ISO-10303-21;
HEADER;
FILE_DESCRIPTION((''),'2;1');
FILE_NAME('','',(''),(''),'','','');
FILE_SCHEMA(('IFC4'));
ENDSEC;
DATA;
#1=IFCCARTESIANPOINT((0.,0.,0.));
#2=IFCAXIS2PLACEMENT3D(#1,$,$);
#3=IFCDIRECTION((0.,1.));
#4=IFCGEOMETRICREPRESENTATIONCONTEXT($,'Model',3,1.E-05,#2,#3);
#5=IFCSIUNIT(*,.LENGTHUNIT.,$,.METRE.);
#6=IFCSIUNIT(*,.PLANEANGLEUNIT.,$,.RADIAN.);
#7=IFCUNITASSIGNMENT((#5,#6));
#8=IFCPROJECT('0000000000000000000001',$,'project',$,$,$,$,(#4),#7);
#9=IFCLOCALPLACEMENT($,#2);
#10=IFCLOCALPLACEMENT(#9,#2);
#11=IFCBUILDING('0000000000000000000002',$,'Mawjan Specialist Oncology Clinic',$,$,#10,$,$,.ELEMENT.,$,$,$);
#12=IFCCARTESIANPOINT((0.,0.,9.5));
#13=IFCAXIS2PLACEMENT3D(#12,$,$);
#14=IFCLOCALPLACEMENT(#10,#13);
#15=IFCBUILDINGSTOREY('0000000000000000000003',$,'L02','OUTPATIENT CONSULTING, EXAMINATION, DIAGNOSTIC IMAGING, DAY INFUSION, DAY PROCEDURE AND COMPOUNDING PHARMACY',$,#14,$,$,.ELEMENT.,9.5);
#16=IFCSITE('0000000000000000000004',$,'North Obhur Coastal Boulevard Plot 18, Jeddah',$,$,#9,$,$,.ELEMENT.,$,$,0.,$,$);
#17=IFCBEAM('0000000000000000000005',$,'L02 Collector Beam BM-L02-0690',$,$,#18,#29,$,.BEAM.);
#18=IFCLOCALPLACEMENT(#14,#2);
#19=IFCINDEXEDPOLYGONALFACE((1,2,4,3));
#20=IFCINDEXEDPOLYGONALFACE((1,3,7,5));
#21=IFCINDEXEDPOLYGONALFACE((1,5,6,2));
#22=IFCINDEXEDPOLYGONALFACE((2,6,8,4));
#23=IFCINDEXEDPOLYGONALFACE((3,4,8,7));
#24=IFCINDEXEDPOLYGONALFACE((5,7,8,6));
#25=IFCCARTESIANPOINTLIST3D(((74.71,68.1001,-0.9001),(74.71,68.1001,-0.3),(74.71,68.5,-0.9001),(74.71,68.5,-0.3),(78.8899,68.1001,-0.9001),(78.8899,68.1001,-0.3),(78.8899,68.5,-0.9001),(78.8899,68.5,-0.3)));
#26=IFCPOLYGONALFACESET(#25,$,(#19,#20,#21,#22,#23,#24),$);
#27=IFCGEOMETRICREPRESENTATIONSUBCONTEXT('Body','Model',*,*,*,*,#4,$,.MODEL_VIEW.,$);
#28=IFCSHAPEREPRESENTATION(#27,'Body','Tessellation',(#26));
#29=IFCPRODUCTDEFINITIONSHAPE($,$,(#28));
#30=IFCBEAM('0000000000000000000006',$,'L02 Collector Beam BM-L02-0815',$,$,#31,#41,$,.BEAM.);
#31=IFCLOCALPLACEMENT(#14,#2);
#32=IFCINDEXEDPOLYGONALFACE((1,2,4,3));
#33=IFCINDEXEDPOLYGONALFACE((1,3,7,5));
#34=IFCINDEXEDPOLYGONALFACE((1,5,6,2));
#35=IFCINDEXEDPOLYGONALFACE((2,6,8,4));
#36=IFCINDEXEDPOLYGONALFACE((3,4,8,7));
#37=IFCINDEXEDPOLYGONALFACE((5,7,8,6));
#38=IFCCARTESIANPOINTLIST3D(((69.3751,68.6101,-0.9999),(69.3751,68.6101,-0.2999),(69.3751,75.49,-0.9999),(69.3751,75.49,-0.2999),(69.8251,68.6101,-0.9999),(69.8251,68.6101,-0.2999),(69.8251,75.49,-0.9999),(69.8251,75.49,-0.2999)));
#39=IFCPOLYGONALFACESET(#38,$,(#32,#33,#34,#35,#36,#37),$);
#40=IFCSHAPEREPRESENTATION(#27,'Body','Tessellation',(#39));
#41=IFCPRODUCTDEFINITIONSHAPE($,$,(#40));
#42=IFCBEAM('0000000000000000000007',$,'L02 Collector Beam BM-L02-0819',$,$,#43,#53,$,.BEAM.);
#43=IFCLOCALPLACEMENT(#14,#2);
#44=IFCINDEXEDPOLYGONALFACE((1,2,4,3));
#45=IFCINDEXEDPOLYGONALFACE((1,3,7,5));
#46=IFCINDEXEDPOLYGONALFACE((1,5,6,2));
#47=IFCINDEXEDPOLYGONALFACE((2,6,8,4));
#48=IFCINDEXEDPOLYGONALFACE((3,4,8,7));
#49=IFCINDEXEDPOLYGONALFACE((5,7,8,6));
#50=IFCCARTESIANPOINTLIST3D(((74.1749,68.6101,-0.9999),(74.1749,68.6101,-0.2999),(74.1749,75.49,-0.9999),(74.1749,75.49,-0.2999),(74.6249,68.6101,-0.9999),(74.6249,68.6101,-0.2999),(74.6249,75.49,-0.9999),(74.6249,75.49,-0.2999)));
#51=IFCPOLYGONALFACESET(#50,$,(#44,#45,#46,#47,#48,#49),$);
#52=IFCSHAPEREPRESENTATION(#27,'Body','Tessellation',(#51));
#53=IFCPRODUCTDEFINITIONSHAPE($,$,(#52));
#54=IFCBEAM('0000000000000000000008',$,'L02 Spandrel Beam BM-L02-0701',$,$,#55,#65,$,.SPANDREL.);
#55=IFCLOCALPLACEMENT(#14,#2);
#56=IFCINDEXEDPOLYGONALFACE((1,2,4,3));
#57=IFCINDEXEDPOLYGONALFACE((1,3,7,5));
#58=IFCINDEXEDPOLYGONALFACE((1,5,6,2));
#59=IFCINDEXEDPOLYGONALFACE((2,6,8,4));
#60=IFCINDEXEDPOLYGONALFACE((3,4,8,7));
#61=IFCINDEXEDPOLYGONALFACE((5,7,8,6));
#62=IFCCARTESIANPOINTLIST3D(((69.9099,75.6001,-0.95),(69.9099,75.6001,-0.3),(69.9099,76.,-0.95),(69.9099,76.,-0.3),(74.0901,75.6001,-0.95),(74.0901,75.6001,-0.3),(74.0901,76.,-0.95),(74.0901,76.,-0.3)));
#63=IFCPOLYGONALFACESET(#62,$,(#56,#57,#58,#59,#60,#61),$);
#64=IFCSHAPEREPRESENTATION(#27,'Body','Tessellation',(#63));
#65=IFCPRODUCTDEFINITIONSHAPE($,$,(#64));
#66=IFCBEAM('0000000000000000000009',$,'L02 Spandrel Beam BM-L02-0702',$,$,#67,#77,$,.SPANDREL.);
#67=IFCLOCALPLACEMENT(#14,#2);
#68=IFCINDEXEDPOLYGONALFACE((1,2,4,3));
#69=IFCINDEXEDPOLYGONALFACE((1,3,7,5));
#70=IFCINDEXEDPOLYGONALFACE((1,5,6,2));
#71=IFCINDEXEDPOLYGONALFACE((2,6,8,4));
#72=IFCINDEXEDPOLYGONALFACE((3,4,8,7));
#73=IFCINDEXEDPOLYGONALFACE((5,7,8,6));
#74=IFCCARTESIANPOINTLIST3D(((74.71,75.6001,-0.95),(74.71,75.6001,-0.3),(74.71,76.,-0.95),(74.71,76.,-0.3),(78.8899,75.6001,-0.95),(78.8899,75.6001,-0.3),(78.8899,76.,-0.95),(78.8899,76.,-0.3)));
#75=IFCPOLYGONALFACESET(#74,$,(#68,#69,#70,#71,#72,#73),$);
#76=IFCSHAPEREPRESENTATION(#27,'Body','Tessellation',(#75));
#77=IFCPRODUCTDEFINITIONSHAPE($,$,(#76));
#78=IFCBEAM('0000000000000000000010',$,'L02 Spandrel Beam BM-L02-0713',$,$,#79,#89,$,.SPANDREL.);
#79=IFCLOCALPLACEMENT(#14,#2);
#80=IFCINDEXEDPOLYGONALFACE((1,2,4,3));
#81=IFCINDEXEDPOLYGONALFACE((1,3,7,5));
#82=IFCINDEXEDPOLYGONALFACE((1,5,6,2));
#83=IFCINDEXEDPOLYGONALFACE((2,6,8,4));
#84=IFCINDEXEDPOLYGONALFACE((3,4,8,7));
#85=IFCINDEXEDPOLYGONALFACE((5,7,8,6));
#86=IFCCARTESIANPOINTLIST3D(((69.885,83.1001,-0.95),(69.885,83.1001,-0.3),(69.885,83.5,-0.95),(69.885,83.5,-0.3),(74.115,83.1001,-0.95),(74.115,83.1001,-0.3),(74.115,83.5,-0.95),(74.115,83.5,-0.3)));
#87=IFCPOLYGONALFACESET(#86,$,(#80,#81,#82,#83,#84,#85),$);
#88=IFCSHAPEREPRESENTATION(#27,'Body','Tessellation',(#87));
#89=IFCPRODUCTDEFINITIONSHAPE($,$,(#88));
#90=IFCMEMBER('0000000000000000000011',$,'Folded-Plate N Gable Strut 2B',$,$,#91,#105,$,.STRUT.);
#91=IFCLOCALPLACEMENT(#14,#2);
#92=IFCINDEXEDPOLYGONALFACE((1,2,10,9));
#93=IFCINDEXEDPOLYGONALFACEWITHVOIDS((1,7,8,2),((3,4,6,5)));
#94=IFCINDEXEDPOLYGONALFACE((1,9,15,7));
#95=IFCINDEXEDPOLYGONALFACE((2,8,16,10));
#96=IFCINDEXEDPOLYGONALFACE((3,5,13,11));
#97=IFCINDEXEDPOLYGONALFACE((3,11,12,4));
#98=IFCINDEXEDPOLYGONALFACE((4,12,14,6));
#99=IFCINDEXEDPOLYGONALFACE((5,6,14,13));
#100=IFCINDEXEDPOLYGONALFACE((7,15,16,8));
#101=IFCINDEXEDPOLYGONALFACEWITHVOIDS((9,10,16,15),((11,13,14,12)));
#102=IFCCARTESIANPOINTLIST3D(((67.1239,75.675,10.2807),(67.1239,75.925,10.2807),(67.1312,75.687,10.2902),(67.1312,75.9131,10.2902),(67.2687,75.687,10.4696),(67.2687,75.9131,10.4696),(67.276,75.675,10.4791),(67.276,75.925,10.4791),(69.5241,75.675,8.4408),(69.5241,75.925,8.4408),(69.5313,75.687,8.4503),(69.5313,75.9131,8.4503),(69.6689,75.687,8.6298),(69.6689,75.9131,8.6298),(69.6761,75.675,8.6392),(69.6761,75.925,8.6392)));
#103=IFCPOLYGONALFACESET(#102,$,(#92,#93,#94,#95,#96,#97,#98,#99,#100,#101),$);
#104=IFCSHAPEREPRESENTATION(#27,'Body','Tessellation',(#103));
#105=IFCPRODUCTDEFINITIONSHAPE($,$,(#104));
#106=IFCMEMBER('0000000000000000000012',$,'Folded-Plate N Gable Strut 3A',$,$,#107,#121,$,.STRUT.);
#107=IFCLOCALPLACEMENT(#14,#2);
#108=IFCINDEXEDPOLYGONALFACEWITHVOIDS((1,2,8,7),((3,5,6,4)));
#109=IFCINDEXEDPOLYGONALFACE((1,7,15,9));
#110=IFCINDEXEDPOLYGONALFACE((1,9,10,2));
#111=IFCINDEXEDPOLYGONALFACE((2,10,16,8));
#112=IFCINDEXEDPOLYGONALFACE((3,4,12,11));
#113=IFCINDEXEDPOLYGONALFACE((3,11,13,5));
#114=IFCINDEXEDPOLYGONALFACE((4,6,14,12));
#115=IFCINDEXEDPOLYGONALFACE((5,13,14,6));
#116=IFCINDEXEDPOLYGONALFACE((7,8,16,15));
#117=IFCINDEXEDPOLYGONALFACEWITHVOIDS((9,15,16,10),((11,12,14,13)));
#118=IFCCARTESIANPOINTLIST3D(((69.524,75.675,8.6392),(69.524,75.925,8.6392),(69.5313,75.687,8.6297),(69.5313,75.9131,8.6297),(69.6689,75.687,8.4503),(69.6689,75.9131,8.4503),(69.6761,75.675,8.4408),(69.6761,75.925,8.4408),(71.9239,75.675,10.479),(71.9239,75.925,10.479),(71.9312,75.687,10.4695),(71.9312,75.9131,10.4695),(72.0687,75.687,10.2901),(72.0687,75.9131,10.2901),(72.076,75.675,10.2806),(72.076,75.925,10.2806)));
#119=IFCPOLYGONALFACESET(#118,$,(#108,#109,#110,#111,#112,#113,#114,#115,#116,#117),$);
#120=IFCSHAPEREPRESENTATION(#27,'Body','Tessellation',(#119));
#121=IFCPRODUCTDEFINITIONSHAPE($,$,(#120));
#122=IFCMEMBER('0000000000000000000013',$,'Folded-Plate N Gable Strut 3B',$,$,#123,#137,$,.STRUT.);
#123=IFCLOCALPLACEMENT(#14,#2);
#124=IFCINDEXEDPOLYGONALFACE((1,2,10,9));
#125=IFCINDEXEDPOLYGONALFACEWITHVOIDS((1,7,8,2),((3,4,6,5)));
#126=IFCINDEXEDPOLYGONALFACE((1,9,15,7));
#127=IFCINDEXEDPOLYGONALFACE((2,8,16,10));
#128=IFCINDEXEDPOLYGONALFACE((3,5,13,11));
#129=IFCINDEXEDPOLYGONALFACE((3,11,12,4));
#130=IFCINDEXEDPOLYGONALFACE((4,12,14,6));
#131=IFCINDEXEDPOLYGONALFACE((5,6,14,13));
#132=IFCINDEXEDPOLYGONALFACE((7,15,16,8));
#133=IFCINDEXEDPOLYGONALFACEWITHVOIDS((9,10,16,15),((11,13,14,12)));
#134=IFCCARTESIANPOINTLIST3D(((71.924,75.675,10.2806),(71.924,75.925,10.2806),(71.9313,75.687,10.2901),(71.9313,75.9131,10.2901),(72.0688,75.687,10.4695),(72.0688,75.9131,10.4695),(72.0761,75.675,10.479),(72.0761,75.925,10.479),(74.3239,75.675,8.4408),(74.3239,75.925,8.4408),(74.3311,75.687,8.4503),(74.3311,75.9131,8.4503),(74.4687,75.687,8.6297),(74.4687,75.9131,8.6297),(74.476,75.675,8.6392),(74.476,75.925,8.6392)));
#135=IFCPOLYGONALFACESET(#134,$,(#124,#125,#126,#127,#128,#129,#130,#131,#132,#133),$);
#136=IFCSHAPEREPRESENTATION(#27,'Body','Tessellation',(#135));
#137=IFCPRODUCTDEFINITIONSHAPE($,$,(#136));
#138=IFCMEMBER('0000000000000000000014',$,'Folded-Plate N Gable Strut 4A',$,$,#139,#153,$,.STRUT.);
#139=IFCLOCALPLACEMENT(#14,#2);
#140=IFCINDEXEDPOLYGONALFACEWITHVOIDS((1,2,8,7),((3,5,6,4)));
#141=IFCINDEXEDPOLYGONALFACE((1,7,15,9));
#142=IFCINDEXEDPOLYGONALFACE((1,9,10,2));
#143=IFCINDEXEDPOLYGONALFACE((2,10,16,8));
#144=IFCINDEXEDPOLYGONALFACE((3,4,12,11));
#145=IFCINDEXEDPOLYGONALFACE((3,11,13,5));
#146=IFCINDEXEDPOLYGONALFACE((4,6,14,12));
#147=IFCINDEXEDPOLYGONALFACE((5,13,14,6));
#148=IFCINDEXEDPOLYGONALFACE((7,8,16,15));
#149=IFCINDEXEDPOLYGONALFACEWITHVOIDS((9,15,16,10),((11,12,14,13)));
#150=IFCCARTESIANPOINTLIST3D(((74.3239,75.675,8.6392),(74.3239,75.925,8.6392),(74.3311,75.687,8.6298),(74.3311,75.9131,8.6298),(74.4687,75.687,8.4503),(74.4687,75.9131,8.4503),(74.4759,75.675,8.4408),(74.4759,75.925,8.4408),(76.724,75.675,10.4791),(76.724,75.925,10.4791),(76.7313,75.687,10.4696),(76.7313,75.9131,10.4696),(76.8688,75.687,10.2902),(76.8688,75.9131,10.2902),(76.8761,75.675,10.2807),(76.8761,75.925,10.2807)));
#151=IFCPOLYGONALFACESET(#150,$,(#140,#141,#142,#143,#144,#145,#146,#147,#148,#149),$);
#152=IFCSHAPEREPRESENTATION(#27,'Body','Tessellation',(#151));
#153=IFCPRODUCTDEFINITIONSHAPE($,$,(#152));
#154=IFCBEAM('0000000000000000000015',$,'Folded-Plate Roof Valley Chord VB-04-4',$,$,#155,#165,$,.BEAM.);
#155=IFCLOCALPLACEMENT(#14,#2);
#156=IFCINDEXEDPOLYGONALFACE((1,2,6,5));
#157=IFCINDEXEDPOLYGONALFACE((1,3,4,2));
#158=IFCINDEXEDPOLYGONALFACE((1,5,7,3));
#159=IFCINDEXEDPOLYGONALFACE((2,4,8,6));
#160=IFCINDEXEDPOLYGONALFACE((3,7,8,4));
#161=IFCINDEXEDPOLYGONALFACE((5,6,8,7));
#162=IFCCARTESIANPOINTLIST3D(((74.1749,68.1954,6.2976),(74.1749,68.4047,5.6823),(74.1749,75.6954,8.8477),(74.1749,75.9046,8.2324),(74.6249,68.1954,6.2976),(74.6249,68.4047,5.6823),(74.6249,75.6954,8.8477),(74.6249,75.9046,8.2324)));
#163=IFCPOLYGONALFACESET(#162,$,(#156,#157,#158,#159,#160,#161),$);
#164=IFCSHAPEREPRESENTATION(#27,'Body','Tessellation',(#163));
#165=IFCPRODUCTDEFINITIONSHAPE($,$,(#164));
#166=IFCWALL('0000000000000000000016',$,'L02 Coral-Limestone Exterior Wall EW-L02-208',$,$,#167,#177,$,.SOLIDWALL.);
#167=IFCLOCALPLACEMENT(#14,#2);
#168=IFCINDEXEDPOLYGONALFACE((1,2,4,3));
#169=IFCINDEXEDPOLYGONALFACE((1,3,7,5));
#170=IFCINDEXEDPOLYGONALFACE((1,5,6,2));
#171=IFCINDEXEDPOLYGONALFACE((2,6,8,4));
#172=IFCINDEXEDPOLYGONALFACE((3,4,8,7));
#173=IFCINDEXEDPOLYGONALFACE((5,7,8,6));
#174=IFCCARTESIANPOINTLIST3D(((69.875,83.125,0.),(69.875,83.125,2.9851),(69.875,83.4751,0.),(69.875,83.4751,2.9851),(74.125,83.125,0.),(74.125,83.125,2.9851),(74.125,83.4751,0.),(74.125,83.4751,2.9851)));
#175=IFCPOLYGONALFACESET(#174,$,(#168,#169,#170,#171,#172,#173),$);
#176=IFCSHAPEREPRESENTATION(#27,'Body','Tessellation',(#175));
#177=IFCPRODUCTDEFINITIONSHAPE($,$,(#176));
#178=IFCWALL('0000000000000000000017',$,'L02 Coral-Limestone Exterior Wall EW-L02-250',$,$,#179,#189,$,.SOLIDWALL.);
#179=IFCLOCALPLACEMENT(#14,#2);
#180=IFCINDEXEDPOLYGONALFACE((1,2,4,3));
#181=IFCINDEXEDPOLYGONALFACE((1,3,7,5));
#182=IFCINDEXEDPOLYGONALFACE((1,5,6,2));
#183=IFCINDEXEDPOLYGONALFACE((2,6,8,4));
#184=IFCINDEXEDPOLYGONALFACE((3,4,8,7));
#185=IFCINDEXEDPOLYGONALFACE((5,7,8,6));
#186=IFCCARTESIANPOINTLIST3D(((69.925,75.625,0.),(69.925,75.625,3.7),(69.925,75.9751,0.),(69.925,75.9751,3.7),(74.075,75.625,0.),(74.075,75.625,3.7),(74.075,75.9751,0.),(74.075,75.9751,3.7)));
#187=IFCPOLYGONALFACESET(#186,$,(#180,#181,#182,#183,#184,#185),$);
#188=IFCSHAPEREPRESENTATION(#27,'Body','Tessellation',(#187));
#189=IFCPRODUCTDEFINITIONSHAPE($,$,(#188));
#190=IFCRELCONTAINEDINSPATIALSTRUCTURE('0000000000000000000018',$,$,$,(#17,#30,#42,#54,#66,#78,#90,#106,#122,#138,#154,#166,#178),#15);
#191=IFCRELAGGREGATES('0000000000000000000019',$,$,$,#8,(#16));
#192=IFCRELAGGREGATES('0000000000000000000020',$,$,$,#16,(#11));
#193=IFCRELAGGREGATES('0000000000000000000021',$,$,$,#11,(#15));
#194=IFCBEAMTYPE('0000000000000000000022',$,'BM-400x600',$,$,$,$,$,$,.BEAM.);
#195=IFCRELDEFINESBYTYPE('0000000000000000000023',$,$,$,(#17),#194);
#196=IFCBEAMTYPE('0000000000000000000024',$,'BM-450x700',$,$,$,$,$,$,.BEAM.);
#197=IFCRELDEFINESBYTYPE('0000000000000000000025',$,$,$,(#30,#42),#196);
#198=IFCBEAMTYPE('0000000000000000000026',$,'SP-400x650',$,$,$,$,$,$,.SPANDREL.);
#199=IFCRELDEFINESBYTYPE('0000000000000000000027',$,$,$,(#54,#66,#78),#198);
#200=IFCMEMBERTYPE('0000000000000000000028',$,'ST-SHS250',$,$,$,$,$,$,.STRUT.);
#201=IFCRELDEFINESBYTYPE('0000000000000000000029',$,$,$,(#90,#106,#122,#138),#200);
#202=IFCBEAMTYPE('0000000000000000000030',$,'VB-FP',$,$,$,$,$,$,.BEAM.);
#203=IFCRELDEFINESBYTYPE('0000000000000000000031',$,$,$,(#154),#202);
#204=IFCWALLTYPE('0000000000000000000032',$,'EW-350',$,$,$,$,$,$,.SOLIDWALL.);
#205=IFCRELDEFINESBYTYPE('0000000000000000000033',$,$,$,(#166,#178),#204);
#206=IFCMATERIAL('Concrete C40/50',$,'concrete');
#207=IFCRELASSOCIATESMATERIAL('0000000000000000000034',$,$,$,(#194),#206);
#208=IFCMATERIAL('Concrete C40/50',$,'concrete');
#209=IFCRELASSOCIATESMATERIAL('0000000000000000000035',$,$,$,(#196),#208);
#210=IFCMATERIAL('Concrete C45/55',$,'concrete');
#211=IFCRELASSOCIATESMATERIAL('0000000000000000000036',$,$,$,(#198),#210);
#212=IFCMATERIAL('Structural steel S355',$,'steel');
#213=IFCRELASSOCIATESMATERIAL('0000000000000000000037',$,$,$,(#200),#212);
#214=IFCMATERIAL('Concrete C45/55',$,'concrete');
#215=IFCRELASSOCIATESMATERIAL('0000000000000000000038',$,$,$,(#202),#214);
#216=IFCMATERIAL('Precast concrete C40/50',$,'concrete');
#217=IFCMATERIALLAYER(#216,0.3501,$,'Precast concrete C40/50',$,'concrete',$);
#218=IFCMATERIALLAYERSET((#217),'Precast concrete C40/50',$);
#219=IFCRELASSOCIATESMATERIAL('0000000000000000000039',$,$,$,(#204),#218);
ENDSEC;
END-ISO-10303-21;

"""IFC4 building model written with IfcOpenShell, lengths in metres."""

from ifc_helpers import new_model, si_unit, direction, frame, frame_2d, origin, origin_2d, place, context, subcontext, project, spatial, rectangle, hollow_rectangle, extrude, material, layer, layer_set, material_profile, profile_set, type_object, element, save


model = new_model("IFC4")

# Units and contexts
model_context = context("Model", 3, precision=1e-05, world=origin(), true_north=direction((0.0, 1.0)))
body_context = subcontext(model_context, "Body", "Model", "MODEL_VIEW")
ifc_project = project(units=[si_unit("LENGTHUNIT", "METRE"), si_unit("PLANEANGLEUNIT", "RADIAN")], contexts=[model_context])

# Site, building, storey
site_placement = place(None, origin())
site = spatial("IfcSite", under=ifc_project, at=site_placement, Name="North Obhur Coastal Boulevard Plot 18, Jeddah", CompositionType="ELEMENT", RefElevation=0.0)
building_placement = place(site_placement, origin())
building = spatial("IfcBuilding", under=site, at=building_placement, Name="Mawjan Specialist Oncology Clinic", CompositionType="ELEMENT")
storey_placement = place(building_placement, frame((0.0, 0.0, 9.5)))
storey = spatial("IfcBuildingStorey", under=building, at=storey_placement, Name="L02", Description="OUTPATIENT CONSULTING, EXAMINATION, DIAGNOSTIC IMAGING, DAY INFUSION, DAY PROCEDURE AND COMPOUNDING PHARMACY", CompositionType="ELEMENT", Elevation=9.5)

# Beams
ifc_material_1 = material(Name="Concrete C40/50", Category="concrete")
ifc_material_profile_1 = material_profile(ifc_material_1, rectangle(XDim=0.3999, YDim=0.6001, at=origin_2d()), Name="RC BM 400x600", Category="concrete")
ifc_profile_set_1 = profile_set([ifc_material_profile_1], Name="Concrete C40/50")
beam_type_1 = type_object("IfcBeamType", Name="BM-400x600", PredefinedType="BEAM", material=ifc_profile_set_1)
beam_1_placement = place(storey_placement, frame((74.71, 68.3, -0.6001), z_axis=(1.0, 0.0, 0.0), x_axis=(0.0, 1.0, 0.0)))
element("IfcBeam", 1, at=beam_1_placement, inside=storey, type_object=beam_type_1, Name="L02 Collector Beam BM-L02-0690", PredefinedType="BEAM", context=body_context, shape_type="SweptSolid", body=[
    extrude(rectangle(XDim=0.3999, YDim=0.6001, at=origin_2d()), origin(), (0.0, 0.0, 1.0), 4.1799),
])
ifc_material_2 = material(Name="Concrete C40/50", Category="concrete")
ifc_material_profile_2 = material_profile(ifc_material_2, rectangle(XDim=0.45, YDim=0.7, at=origin_2d()), Name="RC BM 450x700", Category="concrete")
ifc_profile_set_2 = profile_set([ifc_material_profile_2], Name="Concrete C40/50")
beam_type_2 = type_object("IfcBeamType", Name="BM-450x700", PredefinedType="BEAM", material=ifc_profile_set_2)
for number, where, z_axis, x_axis, name in (
    (2, (69.6001, 68.6101, -0.6499), (0.0, 1.0, 0.0), (-1.0, 0.0, 0.0), "L02 Collector Beam BM-L02-0815"),
    (3, (74.3999, 68.6101, -0.6499), (0.0, 1.0, 0.0), (-1.0, 0.0, 0.0), "L02 Collector Beam BM-L02-0819"),
):
    element("IfcBeam", number, at=place(storey_placement, frame(where, z_axis=z_axis, x_axis=x_axis)), inside=storey, type_object=beam_type_2, Name=name, PredefinedType="BEAM", context=body_context, shape_type="SweptSolid", body=[
        extrude(rectangle(XDim=0.45, YDim=0.7, at=origin_2d()), origin(), (0.0, 0.0, 1.0), 6.8799),
    ])
ifc_material_3 = material(Name="Concrete C45/55", Category="concrete")
ifc_material_profile_3 = material_profile(ifc_material_3, rectangle(XDim=0.3999, YDim=0.6499, at=origin_2d()), Name="RC BM 400x650", Category="concrete")
ifc_profile_set_3 = profile_set([ifc_material_profile_3], Name="Concrete C45/55")
beam_type_3 = type_object("IfcBeamType", Name="SP-400x650", PredefinedType="SPANDREL", material=ifc_profile_set_3)
beam_2_placement = place(storey_placement, frame((69.9099, 75.8, -0.625), z_axis=(1.0, 0.0, 0.0), x_axis=(0.0, 1.0, 0.0)))
element("IfcBeam", 4, at=beam_2_placement, inside=storey, type_object=beam_type_3, Name="L02 Spandrel Beam BM-L02-0701", PredefinedType="SPANDREL", context=body_context, shape_type="SweptSolid", body=[
    extrude(rectangle(XDim=0.3999, YDim=0.6499, at=origin_2d()), origin(), (0.0, 0.0, 1.0), 4.1802),
])
beam_3_placement = place(storey_placement, frame((74.71, 75.8, -0.625), z_axis=(1.0, 0.0, 0.0), x_axis=(0.0, 1.0, 0.0)))
element("IfcBeam", 5, at=beam_3_placement, inside=storey, type_object=beam_type_3, Name="L02 Spandrel Beam BM-L02-0702", PredefinedType="SPANDREL", context=body_context, shape_type="SweptSolid", body=[
    extrude(rectangle(XDim=0.3999, YDim=0.6499, at=origin_2d()), origin(), (0.0, 0.0, 1.0), 4.1799),
])
beam_4_placement = place(storey_placement, frame((69.885, 83.3, -0.625), z_axis=(1.0, 0.0, 0.0), x_axis=(0.0, 1.0, 0.0)))
element("IfcBeam", 6, at=beam_4_placement, inside=storey, type_object=beam_type_3, Name="L02 Spandrel Beam BM-L02-0713", PredefinedType="SPANDREL", context=body_context, shape_type="SweptSolid", body=[
    extrude(rectangle(XDim=0.3999, YDim=0.6499, at=origin_2d()), origin(), (0.0, 0.0, 1.0), 4.23),
])

# Members
ifc_material_4 = material(Name="Structural steel S355", Category="steel")
ifc_material_profile_4 = material_profile(ifc_material_4, hollow_rectangle(XDim=0.25, YDim=0.25, WallThickness=0.012, at=origin_2d()), Name="SHS 250x250x12", Category="steel")
ifc_profile_set_4 = profile_set([ifc_material_profile_4], Name="Structural steel S355")
member_type = type_object("IfcMemberType", Name="ST-SHS250", PredefinedType="STRUT", material=ifc_profile_set_4)
member_1_placement = place(storey_placement, frame((69.6001, 75.8, 8.54), z_axis=(-0.793649, 0.0, 0.608376), x_axis=(0.0, -1.0, 0.0)))
element("IfcMember", 7, at=member_1_placement, inside=storey, type_object=member_type, Name="Folded-Plate N Gable Strut 2B", PredefinedType="STRUT", context=body_context, shape_type="SweptSolid", body=[
    extrude(hollow_rectangle(XDim=0.25, YDim=0.25, WallThickness=0.012, at=origin_2d()), origin(), (0.0, 0.0, 1.0), 3.0242),
])
for number, where, z_axis, x_axis, name in (
    (8, (69.6001, 75.8, 8.54), (0.793619, 0.0, 0.608415), (0.0, 1.0, 0.0), "Folded-Plate N Gable Strut 3A"),
    (9, (74.3999, 75.8, 8.54), (-0.793619, 0.0, 0.608415), (0.0, -1.0, 0.0), "Folded-Plate N Gable Strut 3B"),
):
    element("IfcMember", number, at=place(storey_placement, frame(where, z_axis=z_axis, x_axis=x_axis)), inside=storey, type_object=member_type, Name=name, PredefinedType="STRUT", context=body_context, shape_type="SweptSolid", body=[
        extrude(hollow_rectangle(XDim=0.25, YDim=0.25, WallThickness=0.012, at=origin_2d()), origin(), (0.0, 0.0, 1.0), 3.0239),
    ])
member_2_placement = place(storey_placement, frame((74.3999, 75.8, 8.54), z_axis=(0.793649, 0.0, 0.608376), x_axis=(0.0, 1.0, 0.0)))
element("IfcMember", 10, at=member_2_placement, inside=storey, type_object=member_type, Name="Folded-Plate N Gable Strut 4A", PredefinedType="STRUT", context=body_context, shape_type="SweptSolid", body=[
    extrude(hollow_rectangle(XDim=0.25, YDim=0.25, WallThickness=0.012, at=origin_2d()), origin(), (0.0, 0.0, 1.0), 3.0242),
])

# Beam
ifc_material_5 = material(Name="Concrete C45/55", Category="concrete")
ifc_material_profile_5 = material_profile(ifc_material_5, rectangle(XDim=0.45, YDim=0.6499, at=origin_2d()), Name="RC VALLEY 450x650", Category="concrete")
ifc_profile_set_5 = profile_set([ifc_material_profile_5], Name="Concrete C45/55")
beam_type_4 = type_object("IfcBeamType", Name="VB-FP", PredefinedType="BEAM", material=ifc_profile_set_5)
beam_5_placement = place(storey_placement, frame((74.3999, 68.3, 5.99), z_axis=(0.0, 0.946771, 0.321908), x_axis=(-1.0, 0.0, 0.0)))
element("IfcBeam", 11, at=beam_5_placement, inside=storey, type_object=beam_type_4, Name="Folded-Plate Roof Valley Chord VB-04-4", PredefinedType="BEAM", context=body_context, shape_type="SweptSolid", body=[
    extrude(rectangle(XDim=0.45, YDim=0.6499, at=origin_2d()), origin(), (0.0, 0.0, 1.0), 7.9216),
])

# Walls
ifc_material_6 = material(Name="Precast concrete C40/50", Category="concrete")
ifc_layer_1 = layer(ifc_material_6, 0.3501, Name="Precast concrete C40/50", Category="concrete")
ifc_layer_set_1 = layer_set([ifc_layer_1], Name="Precast concrete C40/50")
wall_type = type_object("IfcWallType", Name="EW-350", PredefinedType="SOLIDWALL", material=ifc_layer_set_1)
wall_1_placement = place(storey_placement, frame((74.125, 83.3, 0.0), z_axis=(0.0, 0.0, 1.0), x_axis=(-1.0, 0.0, 0.0)))
element("IfcWall", 12, at=wall_1_placement, inside=storey, type_object=wall_type, Name="L02 Coral-Limestone Exterior Wall EW-L02-208", PredefinedType="SOLIDWALL", context=body_context, shape_type="SweptSolid", body=[
    extrude(rectangle(XDim=4.25, YDim=0.3501, at=frame_2d((2.125, 0.0))), origin(), (0.0, 0.0, 1.0), 2.9851),
])
wall_2_placement = place(storey_placement, frame((69.925, 75.8, 0.0), z_axis=(0.0, 0.0, 1.0), x_axis=(1.0, 0.0, 0.0)))
element("IfcWall", 13, at=wall_2_placement, inside=storey, type_object=wall_type, Name="L02 Coral-Limestone Exterior Wall EW-L02-250", PredefinedType="SOLIDWALL", context=body_context, shape_type="SweptSolid", body=[
    extrude(rectangle(XDim=4.1499, YDim=0.3501, at=frame_2d((2.075, 0.0))), origin(), (0.0, 0.0, 1.0), 3.7),
])

save(model, "model.ifc")
